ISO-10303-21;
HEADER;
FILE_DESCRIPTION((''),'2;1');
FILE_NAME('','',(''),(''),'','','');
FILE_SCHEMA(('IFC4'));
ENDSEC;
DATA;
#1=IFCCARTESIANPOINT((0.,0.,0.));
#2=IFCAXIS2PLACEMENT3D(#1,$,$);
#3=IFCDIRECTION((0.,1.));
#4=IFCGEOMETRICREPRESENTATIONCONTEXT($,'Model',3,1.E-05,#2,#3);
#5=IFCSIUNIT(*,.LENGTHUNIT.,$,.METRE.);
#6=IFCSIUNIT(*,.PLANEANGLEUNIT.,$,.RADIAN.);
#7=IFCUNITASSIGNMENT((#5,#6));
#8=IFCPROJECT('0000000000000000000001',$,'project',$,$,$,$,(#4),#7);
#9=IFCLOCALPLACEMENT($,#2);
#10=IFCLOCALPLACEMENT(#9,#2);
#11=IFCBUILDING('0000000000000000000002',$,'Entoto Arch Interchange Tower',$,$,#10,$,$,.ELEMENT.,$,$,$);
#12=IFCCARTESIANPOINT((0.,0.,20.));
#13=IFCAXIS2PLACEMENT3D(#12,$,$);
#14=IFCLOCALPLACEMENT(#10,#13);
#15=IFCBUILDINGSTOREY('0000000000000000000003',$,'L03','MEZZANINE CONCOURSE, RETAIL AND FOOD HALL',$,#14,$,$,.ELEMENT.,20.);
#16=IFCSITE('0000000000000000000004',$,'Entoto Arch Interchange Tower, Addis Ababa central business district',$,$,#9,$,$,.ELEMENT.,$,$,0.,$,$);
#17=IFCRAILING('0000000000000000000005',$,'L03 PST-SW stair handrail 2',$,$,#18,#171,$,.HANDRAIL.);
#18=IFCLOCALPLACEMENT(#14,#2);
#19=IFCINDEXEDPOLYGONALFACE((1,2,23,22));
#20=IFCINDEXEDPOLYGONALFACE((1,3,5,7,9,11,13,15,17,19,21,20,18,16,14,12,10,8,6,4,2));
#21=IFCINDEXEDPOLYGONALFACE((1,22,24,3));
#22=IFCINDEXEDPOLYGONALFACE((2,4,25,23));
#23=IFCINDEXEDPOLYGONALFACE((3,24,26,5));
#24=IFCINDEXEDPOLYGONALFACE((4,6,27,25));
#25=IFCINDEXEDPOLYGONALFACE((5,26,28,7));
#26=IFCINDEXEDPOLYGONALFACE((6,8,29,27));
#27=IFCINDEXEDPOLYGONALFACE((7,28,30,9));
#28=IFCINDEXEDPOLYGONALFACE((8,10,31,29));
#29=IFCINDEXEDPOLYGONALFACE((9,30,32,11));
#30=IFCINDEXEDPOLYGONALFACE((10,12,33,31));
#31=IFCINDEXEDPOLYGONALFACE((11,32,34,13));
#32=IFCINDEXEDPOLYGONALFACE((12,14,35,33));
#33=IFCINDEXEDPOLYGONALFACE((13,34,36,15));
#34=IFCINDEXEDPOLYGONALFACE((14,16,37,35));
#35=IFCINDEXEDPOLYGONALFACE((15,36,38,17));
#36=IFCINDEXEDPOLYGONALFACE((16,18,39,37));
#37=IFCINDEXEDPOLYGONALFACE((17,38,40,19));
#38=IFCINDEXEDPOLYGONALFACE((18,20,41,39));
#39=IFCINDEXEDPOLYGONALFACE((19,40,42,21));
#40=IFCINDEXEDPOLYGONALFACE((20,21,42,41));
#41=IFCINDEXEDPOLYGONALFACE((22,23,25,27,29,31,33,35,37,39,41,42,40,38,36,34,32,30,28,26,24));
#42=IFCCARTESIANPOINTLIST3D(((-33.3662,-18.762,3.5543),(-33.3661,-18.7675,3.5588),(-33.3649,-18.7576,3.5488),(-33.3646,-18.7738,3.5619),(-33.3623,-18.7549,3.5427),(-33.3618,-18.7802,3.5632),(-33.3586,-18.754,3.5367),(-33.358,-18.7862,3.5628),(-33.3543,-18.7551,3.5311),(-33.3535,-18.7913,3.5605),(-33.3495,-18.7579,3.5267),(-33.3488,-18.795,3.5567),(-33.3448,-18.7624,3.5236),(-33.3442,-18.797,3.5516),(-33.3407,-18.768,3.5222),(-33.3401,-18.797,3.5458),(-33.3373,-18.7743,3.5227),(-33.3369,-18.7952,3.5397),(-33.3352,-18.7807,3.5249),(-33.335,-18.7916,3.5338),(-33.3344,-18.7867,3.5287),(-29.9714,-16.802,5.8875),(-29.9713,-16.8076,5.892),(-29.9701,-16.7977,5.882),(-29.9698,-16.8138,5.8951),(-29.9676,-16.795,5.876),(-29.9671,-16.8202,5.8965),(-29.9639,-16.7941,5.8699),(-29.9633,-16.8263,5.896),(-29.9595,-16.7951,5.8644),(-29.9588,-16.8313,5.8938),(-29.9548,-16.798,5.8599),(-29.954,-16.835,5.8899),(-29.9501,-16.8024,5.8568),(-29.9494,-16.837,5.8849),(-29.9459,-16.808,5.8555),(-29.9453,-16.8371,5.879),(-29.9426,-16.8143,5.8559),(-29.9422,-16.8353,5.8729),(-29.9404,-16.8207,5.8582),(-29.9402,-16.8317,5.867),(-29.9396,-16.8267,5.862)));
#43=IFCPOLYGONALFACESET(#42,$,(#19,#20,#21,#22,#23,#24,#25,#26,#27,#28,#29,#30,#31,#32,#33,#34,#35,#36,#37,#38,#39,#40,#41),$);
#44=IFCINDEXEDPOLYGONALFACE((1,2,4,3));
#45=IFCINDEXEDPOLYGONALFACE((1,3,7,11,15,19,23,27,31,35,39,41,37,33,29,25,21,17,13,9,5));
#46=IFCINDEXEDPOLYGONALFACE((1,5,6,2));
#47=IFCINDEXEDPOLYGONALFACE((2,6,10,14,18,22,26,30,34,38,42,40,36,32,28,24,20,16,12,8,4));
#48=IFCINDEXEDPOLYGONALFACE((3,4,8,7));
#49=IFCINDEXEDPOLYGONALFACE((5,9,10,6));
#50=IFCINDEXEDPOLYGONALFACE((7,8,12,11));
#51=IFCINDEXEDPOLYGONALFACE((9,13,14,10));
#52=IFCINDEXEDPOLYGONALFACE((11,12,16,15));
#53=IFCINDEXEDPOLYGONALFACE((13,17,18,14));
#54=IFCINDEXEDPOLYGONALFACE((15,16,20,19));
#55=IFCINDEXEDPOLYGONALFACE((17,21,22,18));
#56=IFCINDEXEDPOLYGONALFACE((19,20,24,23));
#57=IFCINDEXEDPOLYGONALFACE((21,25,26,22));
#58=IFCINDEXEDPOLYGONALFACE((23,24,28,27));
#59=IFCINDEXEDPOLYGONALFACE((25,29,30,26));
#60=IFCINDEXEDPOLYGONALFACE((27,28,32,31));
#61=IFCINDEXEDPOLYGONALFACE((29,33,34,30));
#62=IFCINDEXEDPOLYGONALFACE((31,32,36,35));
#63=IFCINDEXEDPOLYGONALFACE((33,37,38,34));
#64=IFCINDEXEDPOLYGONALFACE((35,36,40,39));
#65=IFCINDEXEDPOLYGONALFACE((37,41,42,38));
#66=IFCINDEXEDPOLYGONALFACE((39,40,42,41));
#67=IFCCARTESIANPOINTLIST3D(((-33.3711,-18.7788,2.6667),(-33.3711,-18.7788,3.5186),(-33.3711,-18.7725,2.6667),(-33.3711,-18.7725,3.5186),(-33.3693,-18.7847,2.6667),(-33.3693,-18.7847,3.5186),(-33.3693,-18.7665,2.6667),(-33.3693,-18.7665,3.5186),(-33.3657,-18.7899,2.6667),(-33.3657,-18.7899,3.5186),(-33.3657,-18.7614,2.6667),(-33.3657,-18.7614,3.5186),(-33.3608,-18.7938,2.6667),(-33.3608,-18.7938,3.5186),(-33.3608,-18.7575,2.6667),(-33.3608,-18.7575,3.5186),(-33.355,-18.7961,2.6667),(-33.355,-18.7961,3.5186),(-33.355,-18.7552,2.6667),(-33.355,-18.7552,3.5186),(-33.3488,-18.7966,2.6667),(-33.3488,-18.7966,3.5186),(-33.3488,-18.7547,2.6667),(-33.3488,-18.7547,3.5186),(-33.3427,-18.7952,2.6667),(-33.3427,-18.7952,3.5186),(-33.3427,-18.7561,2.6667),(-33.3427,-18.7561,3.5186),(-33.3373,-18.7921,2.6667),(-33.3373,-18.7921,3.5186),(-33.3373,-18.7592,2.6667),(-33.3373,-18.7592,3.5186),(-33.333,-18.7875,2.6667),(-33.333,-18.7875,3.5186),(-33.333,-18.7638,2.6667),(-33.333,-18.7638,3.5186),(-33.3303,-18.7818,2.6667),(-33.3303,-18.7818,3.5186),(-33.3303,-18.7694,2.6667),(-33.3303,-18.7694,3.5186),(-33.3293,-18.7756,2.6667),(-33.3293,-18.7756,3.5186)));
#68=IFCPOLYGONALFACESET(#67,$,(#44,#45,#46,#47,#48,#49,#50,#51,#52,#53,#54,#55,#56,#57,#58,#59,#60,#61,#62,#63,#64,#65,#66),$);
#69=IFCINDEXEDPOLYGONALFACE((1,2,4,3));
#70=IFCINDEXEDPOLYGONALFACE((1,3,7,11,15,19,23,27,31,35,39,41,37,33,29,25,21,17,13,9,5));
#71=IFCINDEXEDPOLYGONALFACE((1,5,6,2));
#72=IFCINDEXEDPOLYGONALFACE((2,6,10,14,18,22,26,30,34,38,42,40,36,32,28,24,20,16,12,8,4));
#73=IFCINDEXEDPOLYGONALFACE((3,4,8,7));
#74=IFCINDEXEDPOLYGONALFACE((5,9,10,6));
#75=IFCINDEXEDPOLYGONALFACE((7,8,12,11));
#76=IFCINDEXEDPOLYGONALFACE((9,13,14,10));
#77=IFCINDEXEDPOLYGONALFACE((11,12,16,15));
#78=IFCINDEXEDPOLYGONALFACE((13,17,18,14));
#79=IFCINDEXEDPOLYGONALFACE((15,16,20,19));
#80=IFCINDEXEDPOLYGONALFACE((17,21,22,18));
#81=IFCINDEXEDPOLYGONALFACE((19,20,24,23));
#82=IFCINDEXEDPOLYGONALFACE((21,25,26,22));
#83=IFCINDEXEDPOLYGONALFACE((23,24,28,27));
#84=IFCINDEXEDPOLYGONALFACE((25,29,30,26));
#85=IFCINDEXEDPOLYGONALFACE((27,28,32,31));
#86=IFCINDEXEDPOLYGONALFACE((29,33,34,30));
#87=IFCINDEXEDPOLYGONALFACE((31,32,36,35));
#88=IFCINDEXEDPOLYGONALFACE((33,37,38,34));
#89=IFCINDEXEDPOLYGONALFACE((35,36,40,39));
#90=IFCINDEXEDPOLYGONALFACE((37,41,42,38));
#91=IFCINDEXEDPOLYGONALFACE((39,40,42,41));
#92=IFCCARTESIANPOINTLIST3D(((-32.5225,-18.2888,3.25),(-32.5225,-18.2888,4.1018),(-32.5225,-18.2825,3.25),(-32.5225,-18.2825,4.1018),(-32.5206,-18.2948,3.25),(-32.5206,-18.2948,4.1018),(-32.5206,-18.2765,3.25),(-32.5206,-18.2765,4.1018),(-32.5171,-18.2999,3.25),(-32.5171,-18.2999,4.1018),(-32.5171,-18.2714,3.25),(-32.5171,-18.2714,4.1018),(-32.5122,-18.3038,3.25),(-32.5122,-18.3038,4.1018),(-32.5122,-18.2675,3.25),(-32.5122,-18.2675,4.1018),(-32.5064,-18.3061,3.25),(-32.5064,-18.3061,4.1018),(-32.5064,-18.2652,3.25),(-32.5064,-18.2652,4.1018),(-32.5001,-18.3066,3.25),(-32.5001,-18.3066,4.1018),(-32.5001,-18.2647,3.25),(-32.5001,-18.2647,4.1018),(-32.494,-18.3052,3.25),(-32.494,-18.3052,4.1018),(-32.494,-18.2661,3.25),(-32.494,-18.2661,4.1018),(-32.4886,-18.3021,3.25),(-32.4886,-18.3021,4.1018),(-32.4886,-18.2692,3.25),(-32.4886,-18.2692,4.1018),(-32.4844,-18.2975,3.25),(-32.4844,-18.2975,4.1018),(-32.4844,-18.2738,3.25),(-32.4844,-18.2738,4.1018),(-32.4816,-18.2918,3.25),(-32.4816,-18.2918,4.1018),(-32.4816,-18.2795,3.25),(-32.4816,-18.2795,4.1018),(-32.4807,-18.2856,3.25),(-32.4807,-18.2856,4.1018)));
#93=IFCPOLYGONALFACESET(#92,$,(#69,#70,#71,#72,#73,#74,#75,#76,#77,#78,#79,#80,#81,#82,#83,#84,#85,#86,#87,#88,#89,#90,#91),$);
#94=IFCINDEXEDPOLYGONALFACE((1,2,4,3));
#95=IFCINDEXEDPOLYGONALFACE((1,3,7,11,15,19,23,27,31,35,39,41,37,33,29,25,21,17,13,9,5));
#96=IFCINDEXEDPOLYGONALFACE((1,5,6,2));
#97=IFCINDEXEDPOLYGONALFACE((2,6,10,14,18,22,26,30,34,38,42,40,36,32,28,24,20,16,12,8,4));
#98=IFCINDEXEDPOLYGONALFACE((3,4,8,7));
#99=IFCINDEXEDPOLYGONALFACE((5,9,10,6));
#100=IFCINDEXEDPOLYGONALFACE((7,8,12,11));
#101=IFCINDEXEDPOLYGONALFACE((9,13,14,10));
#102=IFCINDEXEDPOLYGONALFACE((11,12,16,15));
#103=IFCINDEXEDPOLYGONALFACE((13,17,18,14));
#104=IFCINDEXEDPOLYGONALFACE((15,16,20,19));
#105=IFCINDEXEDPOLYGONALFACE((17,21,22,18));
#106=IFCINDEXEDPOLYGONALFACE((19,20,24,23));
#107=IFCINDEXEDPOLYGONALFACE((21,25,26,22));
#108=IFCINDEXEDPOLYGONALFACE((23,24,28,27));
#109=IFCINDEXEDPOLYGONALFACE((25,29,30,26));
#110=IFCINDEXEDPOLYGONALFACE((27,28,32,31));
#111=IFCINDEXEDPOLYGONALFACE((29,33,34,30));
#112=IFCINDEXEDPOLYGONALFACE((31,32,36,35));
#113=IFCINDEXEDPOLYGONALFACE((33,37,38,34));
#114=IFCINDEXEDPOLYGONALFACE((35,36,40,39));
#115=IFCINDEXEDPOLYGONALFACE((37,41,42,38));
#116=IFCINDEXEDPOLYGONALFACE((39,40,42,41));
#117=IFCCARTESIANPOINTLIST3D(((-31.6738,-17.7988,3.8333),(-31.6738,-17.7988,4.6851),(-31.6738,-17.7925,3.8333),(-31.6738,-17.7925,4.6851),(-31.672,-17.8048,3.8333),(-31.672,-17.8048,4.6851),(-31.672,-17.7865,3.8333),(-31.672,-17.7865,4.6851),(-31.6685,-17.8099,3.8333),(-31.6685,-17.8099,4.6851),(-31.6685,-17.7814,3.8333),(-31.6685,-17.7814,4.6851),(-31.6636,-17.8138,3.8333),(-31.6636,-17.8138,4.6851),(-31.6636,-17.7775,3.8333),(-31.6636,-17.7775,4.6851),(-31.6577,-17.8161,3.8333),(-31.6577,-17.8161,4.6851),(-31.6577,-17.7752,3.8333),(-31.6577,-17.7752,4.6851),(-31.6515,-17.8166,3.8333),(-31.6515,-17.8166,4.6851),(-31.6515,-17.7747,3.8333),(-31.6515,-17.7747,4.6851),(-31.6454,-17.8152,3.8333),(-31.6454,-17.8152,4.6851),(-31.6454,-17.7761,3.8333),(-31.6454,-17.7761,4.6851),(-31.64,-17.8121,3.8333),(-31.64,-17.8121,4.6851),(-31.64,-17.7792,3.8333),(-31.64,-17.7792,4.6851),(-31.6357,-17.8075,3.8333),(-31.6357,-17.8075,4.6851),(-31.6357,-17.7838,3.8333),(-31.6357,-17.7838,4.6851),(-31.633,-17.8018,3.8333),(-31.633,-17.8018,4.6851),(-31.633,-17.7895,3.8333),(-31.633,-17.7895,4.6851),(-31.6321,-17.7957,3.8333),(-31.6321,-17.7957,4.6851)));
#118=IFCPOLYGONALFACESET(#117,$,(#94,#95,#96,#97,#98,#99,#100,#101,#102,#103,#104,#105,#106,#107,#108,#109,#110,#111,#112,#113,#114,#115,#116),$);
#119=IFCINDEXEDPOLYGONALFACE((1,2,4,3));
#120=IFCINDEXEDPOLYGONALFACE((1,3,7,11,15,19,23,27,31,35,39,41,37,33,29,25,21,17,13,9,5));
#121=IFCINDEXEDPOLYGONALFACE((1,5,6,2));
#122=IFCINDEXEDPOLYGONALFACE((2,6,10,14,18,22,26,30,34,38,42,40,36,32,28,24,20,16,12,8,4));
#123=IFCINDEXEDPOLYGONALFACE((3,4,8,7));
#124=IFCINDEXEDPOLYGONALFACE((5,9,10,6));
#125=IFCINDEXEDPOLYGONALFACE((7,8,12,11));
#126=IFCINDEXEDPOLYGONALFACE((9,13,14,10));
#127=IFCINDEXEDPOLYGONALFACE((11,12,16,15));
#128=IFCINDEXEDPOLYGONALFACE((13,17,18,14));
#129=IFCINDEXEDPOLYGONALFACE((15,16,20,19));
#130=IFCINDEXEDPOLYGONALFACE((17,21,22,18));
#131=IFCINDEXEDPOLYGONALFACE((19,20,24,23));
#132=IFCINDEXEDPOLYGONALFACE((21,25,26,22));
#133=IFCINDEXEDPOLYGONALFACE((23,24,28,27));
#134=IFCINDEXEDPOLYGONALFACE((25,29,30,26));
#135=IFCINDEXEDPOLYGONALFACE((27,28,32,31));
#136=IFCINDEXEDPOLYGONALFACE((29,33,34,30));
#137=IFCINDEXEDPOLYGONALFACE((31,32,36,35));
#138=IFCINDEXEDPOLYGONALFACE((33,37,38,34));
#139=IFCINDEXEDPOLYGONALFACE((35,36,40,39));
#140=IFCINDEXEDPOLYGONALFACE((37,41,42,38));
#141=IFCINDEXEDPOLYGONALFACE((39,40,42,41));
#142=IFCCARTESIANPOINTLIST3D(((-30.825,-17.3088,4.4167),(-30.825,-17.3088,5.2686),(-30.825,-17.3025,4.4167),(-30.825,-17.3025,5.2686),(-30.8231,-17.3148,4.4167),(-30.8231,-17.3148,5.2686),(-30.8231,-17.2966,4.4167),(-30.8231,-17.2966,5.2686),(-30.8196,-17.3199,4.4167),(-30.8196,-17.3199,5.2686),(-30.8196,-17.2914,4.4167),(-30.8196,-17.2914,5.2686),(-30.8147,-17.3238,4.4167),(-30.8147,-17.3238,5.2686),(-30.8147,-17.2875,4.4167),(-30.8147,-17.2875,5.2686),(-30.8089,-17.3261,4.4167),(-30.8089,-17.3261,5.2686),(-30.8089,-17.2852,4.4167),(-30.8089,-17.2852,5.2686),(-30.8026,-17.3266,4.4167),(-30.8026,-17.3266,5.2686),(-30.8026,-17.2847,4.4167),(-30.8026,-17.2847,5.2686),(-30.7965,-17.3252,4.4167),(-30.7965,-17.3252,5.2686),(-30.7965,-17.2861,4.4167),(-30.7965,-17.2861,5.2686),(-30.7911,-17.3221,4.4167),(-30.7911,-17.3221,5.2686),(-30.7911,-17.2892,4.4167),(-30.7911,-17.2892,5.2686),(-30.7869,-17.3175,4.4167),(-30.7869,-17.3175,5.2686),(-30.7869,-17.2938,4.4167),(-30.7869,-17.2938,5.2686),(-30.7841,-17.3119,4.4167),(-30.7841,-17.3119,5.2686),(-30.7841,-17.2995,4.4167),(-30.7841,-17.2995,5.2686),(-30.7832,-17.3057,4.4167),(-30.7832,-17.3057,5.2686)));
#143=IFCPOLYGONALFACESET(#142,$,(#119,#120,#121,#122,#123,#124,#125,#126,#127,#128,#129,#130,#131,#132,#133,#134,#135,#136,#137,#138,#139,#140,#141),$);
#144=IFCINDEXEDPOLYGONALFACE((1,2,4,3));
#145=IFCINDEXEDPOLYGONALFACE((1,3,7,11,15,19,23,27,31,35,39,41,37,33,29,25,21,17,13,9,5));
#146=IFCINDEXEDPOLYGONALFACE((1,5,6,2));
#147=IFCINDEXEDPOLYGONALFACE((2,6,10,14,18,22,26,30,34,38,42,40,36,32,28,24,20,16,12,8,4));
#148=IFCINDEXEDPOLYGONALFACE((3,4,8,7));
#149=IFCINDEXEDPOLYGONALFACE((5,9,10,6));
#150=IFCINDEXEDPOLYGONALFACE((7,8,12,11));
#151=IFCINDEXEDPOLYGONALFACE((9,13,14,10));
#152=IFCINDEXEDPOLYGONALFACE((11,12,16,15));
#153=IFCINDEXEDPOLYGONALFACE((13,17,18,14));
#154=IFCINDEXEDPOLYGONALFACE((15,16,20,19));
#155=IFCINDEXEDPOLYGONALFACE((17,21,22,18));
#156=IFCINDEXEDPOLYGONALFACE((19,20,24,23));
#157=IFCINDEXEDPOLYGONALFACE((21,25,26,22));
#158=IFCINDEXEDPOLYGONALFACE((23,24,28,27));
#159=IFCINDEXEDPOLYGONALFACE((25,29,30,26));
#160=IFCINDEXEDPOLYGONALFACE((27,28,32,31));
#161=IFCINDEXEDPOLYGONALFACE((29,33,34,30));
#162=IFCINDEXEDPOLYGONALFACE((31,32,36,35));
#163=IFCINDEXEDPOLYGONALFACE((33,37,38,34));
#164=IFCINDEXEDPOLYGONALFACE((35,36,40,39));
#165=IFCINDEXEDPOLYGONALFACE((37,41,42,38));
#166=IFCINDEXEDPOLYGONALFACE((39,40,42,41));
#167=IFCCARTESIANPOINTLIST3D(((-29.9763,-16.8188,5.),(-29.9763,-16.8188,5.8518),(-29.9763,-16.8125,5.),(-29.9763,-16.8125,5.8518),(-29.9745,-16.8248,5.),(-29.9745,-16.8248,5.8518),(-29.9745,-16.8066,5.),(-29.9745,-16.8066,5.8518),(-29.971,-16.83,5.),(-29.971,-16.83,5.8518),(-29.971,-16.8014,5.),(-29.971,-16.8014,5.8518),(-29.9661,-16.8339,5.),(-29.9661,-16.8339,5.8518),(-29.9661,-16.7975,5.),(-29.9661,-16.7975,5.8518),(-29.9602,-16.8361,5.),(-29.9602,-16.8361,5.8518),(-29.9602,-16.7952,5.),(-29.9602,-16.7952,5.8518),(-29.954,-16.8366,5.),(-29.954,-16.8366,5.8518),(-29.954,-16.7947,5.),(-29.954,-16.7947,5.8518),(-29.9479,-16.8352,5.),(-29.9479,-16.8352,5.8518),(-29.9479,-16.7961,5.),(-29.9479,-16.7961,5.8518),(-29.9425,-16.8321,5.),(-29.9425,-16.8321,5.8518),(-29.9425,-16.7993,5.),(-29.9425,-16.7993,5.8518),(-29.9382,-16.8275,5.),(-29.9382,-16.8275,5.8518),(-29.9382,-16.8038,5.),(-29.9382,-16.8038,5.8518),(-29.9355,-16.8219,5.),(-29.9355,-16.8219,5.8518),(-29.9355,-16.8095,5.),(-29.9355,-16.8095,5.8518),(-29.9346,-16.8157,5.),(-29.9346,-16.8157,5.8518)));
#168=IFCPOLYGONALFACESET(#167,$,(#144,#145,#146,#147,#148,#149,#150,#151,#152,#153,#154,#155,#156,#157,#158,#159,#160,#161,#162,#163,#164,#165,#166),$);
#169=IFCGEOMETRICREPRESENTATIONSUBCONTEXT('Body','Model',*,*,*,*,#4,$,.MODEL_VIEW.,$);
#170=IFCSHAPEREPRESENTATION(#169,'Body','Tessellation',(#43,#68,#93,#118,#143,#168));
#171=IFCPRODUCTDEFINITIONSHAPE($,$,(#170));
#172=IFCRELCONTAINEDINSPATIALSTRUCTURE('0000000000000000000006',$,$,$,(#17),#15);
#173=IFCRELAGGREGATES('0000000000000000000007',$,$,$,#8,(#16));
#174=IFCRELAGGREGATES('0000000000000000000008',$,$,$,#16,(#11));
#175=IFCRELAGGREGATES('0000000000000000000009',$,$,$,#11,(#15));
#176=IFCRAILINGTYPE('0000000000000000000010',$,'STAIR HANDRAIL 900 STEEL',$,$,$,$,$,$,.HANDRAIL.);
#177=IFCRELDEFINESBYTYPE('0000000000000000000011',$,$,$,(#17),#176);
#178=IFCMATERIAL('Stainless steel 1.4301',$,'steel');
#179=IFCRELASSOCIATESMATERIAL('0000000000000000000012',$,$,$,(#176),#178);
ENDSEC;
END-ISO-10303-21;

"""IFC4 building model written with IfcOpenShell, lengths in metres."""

from ifc_helpers import new_model, si_unit, direction, frame, origin, origin_2d, place, context, subcontext, project, spatial, circle, extrude, material, type_object, element, save


model = new_model("IFC4")

# Units and contexts
model_context = context("Model", 3, precision=1e-05, world=origin(), true_north=direction((0.0, 1.0)))
body_context = subcontext(model_context, "Body", "Model", "MODEL_VIEW")
ifc_project = project(units=[si_unit("LENGTHUNIT", "METRE"), si_unit("PLANEANGLEUNIT", "RADIAN")], contexts=[model_context])

# Site, building, storey
site_placement = place(None, origin())
site = spatial("IfcSite", under=ifc_project, at=site_placement, Name="Entoto Arch Interchange Tower, Addis Ababa central business district", CompositionType="ELEMENT", RefElevation=0.0)
building_placement = place(site_placement, origin())
building = spatial("IfcBuilding", under=site, at=building_placement, Name="Entoto Arch Interchange Tower", CompositionType="ELEMENT")
storey_placement = place(building_placement, frame((0.0, 0.0, 20.0)))
storey = spatial("IfcBuildingStorey", under=building, at=storey_placement, Name="L03", Description="MEZZANINE CONCOURSE, RETAIL AND FOOD HALL", CompositionType="ELEMENT", Elevation=20.0)

# Railing
ifc_material_1 = material(Name="Stainless steel 1.4301", Category="steel")
railing_type_1 = type_object("IfcRailingType", Name="STAIR HANDRAIL 900 STEEL", PredefinedType="HANDRAIL", material=ifc_material_1)
railing_1_placement = place(storey_placement, frame((-33.3503, -18.7756, 2.6667)))
element("IfcRailing", 1, at=railing_1_placement, inside=storey, type_object=railing_type_1, Name="L03 PST-SW stair handrail 2", PredefinedType="HANDRAIL", context=body_context, shape_type="SweptSolid", body=[
    extrude(circle(Radius=0.0239, at=origin_2d()), frame((0.0, 0.0, 0.876), z_axis=(0.744175, 0.429646, 0.511476), x_axis=(-0.499997, 0.866027, 0.0)), (0.0, 0.0, 1.0), 4.5618),
    extrude(circle(Radius=0.021, at=origin_2d()), origin(), (0.0, 0.0, 1.0), 0.8518),
    extrude(circle(Radius=0.021, at=origin_2d()), frame((0.8486, 0.49, 0.5833)), (0.0, 0.0, 1.0), 0.8518),
    extrude(circle(Radius=0.021, at=origin_2d()), frame((1.6973, 0.98, 1.1665)), (0.0, 0.0, 1.0), 0.8518),
    extrude(circle(Radius=0.021, at=origin_2d()), frame((2.5461, 1.47, 1.75)), (0.0, 0.0, 1.0), 0.8518),
    extrude(circle(Radius=0.021, at=origin_2d()), frame((3.3948, 1.96, 2.3333)), (0.0, 0.0, 1.0), 0.8518),
])

save(model, "model.ifc")
